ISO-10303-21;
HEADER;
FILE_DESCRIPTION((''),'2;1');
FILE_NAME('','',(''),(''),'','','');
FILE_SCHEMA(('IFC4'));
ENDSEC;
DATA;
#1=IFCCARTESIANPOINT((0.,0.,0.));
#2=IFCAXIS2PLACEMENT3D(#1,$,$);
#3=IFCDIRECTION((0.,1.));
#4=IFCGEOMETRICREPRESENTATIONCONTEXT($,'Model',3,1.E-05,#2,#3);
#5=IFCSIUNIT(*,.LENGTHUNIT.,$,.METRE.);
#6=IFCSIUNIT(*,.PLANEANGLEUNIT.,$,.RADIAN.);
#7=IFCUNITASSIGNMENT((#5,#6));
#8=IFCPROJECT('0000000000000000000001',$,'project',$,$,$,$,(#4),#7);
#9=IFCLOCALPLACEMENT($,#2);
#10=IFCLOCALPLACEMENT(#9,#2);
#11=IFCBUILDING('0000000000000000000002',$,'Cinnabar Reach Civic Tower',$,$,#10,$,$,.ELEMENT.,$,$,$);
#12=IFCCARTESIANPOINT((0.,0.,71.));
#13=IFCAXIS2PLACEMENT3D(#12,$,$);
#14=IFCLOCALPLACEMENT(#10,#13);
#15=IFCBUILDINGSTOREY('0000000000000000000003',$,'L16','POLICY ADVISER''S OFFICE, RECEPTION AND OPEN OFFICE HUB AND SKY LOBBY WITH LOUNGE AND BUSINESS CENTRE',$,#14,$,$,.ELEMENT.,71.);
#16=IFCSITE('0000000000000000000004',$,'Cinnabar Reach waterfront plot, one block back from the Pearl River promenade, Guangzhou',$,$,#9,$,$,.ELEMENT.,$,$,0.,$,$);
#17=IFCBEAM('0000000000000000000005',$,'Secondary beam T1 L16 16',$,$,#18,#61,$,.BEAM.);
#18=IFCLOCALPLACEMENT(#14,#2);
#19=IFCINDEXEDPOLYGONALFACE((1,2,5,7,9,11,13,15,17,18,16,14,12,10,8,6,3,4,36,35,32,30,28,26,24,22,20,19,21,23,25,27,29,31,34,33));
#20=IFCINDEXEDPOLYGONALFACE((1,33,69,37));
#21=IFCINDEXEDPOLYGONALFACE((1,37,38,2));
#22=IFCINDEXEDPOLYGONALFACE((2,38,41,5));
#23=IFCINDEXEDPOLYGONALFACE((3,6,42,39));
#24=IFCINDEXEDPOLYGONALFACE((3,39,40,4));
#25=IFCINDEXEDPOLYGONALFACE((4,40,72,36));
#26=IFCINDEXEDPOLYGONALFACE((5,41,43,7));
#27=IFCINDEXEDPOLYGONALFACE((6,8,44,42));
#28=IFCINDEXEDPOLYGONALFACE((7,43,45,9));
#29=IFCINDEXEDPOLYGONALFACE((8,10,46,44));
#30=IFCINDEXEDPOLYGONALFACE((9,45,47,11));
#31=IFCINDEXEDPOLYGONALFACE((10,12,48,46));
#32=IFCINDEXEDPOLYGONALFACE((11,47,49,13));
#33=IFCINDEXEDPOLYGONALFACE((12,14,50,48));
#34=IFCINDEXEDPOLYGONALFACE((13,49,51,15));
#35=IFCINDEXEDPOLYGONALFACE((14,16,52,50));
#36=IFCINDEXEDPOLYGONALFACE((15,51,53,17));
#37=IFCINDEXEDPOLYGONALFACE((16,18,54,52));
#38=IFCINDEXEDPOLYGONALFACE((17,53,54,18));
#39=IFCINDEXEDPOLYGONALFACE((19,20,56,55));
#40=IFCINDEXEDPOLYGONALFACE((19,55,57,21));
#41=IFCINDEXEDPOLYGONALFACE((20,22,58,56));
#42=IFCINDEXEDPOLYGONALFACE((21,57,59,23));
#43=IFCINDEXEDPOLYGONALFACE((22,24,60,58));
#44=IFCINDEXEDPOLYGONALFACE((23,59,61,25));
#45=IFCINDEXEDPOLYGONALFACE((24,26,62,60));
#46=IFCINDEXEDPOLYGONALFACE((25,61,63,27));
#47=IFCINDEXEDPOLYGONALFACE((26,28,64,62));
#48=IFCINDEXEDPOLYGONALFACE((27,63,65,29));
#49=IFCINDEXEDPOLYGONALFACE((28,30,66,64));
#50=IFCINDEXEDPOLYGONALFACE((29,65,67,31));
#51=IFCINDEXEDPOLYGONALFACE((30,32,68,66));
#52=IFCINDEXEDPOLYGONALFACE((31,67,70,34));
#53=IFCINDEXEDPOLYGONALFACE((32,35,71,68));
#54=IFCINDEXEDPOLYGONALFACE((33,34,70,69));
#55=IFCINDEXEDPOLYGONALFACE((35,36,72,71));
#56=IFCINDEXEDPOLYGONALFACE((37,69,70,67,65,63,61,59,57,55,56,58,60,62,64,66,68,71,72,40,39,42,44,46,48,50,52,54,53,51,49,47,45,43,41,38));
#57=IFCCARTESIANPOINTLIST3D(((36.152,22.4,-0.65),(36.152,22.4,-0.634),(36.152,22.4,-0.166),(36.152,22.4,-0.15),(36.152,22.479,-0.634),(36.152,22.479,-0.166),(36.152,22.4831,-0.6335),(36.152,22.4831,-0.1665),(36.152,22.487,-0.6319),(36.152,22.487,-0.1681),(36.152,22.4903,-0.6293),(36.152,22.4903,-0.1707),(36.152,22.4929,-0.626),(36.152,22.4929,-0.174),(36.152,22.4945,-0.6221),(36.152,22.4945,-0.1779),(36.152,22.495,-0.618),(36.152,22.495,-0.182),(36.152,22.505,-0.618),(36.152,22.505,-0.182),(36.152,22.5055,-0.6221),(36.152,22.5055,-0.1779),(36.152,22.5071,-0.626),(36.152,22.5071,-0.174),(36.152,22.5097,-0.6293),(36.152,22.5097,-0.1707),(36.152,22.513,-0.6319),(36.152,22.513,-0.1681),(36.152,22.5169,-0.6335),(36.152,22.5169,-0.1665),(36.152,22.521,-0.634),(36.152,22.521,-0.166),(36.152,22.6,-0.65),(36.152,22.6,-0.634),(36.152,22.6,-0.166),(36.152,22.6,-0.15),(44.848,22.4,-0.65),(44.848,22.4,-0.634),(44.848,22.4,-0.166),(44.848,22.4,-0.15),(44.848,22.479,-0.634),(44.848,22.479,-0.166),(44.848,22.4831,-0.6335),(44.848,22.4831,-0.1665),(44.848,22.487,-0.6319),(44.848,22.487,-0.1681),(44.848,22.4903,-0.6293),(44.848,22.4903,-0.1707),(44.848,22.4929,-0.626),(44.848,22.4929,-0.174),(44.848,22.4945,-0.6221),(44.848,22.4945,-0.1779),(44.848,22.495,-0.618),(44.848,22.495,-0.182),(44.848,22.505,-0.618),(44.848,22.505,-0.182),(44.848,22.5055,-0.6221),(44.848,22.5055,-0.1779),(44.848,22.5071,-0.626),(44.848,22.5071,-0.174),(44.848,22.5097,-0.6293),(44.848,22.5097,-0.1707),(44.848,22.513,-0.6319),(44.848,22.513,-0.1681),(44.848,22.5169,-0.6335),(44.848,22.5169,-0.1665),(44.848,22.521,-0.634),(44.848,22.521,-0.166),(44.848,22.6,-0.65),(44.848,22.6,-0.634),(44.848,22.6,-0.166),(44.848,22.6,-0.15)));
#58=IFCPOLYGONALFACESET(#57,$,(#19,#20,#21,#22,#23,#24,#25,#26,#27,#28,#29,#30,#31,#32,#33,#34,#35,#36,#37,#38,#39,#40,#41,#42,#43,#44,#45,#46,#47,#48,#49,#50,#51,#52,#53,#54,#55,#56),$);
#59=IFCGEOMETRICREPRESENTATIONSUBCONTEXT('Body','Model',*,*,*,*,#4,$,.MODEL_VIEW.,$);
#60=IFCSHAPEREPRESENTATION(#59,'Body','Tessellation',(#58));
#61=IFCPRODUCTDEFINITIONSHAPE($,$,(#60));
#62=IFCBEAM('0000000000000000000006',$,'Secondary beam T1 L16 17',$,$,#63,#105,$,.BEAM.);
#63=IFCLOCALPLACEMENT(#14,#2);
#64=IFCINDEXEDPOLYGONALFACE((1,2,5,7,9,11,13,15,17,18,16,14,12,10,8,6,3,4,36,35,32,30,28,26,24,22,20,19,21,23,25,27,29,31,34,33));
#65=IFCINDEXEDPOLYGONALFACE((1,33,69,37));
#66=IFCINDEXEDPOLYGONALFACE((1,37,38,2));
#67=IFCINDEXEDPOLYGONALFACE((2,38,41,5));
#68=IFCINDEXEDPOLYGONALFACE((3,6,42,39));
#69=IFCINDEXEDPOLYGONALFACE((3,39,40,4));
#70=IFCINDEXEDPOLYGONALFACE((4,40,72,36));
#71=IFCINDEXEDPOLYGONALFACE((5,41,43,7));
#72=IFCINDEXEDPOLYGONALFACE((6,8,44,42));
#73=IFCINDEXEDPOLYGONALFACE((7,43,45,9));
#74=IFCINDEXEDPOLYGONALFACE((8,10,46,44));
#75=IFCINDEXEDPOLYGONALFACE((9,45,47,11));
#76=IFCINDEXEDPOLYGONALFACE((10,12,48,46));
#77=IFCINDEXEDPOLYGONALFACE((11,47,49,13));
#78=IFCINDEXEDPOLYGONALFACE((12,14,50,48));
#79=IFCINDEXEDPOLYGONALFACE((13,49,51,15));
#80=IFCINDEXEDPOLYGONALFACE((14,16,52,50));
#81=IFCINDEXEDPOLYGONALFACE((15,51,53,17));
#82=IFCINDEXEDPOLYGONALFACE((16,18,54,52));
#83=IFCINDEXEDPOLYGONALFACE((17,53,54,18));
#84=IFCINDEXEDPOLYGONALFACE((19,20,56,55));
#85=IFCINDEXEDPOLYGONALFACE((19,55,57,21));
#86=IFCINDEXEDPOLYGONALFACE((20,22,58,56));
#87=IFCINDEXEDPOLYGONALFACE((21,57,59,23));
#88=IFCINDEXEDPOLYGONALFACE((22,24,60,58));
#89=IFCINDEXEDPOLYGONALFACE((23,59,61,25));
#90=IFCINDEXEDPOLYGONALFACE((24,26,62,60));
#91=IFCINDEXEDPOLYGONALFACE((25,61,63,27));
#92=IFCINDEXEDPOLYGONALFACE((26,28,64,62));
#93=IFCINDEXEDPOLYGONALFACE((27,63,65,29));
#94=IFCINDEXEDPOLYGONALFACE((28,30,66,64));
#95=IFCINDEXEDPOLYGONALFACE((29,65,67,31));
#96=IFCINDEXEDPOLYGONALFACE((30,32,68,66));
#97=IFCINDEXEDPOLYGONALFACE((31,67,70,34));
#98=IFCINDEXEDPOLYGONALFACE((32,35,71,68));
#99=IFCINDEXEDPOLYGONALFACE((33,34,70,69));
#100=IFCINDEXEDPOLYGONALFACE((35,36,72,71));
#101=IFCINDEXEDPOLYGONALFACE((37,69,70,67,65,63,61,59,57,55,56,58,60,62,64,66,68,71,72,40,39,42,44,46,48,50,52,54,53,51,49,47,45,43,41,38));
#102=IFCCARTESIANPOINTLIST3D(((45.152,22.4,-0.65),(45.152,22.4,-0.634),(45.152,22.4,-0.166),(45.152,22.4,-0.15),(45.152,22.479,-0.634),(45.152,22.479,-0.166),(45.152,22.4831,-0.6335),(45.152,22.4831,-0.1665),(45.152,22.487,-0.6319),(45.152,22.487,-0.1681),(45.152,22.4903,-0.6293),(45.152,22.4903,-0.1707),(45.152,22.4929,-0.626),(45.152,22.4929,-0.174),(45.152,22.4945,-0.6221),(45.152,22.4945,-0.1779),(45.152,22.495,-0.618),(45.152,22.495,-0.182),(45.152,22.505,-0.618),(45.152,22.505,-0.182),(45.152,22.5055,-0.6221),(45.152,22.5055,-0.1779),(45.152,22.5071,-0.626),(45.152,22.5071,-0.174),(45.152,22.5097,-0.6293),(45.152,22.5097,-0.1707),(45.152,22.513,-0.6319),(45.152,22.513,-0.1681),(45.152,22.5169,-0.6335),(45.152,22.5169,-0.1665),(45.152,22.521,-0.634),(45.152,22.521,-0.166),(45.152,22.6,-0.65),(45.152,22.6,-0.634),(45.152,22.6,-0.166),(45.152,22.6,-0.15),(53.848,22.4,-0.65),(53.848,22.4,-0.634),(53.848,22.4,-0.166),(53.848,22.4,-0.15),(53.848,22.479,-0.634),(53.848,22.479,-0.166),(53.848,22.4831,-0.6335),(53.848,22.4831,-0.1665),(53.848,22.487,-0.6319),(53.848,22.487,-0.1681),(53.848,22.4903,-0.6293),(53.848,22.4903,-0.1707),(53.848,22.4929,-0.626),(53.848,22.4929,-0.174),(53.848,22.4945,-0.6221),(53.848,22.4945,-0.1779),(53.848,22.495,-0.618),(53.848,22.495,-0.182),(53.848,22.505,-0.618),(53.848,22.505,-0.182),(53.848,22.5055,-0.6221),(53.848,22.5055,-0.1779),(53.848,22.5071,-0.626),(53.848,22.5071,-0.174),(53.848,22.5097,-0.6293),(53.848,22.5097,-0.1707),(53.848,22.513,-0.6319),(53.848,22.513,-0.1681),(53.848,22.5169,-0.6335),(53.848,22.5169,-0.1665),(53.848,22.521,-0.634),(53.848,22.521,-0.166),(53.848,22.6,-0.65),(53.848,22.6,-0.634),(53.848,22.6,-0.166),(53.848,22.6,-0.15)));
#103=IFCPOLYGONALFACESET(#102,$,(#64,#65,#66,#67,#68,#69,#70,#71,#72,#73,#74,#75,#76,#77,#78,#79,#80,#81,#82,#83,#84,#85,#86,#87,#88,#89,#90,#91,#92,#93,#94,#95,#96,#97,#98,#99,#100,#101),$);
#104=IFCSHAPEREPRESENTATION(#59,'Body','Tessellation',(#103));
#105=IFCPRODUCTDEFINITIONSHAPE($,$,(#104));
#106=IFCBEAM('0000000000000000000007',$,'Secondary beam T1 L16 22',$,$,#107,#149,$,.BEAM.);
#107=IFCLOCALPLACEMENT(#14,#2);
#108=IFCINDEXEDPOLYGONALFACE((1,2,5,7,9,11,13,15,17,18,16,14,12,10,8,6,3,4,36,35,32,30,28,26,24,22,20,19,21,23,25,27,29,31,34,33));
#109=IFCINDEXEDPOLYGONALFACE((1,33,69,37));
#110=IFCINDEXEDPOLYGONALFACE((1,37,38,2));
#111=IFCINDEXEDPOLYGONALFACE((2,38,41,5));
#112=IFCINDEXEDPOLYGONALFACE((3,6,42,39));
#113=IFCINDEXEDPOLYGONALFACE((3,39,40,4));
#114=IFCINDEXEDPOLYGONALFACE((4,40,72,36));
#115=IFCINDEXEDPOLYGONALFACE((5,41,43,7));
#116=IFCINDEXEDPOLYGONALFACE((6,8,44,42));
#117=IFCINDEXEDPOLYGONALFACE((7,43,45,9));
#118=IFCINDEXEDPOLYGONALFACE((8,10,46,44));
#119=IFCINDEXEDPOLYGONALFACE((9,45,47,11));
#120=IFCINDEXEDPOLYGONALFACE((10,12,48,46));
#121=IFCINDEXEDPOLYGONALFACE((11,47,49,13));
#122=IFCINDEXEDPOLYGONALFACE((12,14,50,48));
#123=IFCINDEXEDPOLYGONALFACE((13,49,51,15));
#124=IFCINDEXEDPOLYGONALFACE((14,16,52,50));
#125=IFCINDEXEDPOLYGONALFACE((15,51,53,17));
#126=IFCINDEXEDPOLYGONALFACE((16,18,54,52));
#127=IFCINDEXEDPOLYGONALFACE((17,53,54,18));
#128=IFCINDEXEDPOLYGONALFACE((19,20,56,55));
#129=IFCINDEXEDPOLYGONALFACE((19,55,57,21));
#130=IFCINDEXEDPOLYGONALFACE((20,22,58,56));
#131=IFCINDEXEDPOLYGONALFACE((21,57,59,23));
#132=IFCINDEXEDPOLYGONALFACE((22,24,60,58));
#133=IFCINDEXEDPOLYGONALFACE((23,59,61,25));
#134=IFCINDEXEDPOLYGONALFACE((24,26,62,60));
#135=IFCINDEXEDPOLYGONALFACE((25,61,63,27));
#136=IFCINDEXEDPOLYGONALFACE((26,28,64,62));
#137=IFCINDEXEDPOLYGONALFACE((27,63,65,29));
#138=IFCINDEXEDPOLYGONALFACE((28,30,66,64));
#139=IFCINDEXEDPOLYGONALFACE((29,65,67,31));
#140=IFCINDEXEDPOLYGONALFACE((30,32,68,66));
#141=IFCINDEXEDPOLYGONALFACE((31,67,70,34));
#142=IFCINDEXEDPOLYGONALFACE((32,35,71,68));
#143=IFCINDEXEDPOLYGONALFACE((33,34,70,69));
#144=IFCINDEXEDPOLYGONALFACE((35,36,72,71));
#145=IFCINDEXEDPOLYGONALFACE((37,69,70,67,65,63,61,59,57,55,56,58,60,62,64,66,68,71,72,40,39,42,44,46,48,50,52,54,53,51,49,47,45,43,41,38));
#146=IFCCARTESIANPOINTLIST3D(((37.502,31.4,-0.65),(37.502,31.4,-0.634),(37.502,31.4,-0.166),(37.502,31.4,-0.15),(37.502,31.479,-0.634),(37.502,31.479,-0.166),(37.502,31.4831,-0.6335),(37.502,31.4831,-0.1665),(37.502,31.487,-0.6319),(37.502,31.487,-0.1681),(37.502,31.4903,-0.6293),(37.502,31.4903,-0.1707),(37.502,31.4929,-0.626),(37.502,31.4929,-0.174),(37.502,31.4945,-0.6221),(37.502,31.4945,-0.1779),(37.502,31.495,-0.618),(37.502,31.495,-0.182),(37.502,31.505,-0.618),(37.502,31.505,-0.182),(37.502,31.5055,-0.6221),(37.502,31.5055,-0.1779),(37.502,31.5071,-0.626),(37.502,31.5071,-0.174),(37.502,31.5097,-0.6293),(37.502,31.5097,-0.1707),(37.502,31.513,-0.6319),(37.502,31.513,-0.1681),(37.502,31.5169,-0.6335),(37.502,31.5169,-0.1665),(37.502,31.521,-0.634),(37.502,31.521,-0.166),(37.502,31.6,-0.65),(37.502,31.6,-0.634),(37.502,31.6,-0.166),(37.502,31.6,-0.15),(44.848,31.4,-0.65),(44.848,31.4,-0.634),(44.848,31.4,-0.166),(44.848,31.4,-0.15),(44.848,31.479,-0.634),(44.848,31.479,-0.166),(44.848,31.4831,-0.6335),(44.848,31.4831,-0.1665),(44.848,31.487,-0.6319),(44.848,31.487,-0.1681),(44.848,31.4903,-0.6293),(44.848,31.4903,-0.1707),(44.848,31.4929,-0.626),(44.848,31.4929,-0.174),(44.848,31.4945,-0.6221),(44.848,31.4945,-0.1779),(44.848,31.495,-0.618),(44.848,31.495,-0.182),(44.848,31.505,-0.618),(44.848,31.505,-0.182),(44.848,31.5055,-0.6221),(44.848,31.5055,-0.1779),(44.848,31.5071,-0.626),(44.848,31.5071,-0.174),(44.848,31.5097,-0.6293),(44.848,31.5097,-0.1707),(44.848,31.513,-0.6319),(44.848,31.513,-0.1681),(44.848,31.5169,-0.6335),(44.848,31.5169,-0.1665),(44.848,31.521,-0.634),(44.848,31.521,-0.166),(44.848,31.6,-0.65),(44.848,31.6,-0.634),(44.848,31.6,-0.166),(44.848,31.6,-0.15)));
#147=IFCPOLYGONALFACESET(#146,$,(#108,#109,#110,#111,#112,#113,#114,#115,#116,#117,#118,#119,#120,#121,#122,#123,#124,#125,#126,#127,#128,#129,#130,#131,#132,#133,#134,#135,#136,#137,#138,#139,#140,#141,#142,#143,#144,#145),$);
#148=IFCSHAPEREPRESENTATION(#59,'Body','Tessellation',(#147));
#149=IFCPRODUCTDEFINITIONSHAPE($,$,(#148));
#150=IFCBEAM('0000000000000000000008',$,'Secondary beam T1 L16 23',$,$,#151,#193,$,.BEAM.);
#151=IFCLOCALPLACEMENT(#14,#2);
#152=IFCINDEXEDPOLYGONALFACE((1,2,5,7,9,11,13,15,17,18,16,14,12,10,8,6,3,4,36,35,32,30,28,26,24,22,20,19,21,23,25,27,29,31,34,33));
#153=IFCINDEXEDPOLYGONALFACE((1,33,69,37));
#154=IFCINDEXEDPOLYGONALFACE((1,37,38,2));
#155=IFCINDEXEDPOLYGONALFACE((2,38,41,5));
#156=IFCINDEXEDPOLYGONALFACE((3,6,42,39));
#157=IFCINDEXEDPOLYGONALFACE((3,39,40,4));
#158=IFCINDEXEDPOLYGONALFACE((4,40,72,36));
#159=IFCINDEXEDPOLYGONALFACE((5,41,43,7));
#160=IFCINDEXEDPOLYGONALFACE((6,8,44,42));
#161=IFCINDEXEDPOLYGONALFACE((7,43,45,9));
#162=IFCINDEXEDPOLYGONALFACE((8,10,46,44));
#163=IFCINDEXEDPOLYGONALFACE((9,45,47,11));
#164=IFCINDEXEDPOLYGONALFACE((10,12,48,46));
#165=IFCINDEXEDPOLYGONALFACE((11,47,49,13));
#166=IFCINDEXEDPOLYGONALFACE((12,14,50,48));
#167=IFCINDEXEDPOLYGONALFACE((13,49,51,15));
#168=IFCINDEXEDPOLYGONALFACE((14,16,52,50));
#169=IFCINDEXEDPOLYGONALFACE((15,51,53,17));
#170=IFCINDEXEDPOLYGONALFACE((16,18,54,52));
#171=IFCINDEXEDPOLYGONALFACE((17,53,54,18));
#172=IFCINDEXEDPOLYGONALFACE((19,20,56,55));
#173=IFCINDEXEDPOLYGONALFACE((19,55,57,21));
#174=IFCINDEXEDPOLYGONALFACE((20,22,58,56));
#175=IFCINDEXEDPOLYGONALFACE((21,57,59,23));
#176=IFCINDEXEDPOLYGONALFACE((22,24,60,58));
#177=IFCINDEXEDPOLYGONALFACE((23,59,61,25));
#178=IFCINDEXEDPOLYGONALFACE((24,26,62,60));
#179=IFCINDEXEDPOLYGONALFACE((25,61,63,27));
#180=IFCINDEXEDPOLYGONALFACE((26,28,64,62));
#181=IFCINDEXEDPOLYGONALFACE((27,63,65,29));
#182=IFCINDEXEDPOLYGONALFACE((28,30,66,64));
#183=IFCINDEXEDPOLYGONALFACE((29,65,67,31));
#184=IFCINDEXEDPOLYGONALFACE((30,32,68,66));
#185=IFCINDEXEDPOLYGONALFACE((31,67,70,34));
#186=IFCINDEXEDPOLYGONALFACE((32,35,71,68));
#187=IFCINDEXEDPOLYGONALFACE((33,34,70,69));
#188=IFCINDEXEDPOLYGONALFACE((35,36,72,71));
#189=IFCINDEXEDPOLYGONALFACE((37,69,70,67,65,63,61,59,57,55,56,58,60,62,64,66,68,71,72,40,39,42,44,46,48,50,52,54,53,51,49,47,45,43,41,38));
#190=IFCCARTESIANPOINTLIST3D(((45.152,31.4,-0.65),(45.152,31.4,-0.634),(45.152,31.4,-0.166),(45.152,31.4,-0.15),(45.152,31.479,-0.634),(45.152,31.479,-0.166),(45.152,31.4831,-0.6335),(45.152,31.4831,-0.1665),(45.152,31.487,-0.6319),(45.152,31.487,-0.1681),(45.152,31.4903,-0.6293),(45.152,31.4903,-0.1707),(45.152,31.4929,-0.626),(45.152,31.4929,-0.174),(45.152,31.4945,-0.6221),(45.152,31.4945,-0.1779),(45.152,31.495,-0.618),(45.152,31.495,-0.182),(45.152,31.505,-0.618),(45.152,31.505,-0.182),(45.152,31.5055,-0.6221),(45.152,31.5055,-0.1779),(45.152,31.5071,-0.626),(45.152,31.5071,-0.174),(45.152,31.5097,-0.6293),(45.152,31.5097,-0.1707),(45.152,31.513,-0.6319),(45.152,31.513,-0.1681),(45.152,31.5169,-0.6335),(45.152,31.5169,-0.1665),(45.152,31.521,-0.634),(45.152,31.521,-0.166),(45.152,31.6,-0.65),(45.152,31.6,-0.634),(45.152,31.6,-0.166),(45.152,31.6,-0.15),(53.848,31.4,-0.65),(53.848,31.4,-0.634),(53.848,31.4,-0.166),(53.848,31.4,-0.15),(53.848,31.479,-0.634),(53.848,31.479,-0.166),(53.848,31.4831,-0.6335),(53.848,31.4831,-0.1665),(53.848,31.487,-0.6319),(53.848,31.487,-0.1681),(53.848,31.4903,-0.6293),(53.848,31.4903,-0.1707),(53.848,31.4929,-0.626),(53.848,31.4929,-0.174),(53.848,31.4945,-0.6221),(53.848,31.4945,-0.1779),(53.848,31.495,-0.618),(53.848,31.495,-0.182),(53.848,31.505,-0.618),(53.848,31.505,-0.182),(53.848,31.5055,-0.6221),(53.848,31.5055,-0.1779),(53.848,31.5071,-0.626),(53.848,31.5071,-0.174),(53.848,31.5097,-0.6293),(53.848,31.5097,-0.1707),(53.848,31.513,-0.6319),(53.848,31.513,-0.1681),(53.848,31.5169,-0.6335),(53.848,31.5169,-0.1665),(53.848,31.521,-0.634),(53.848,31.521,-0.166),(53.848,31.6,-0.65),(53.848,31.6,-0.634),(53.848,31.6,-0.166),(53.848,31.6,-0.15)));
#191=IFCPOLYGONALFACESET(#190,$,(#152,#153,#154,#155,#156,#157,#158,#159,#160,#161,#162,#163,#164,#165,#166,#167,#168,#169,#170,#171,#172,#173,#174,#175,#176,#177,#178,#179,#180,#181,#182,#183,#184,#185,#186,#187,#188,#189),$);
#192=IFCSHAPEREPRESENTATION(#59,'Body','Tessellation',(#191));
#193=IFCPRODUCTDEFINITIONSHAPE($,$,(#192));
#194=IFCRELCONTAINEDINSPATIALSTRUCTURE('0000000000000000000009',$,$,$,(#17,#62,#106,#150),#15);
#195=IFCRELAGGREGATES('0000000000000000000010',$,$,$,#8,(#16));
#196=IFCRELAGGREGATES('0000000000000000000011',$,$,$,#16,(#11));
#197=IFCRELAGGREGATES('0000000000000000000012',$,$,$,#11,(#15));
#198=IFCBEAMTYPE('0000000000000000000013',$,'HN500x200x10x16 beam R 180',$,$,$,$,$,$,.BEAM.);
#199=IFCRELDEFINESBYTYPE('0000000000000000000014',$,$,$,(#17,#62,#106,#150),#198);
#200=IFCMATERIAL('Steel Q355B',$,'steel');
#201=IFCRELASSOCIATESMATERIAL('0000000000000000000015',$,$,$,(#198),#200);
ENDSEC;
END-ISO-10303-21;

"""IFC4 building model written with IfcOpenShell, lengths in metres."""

from ifc_helpers import new_model, si_unit, direction, frame, origin, origin_2d, place, context, subcontext, project, spatial, i_section, extrude, material, material_profile, profile_set, type_object, element, save


model = new_model("IFC4")

# Units and contexts
model_context = context("Model", 3, precision=1e-05, world=origin(), true_north=direction((0.0, 1.0)))
body_context = subcontext(model_context, "Body", "Model", "MODEL_VIEW")
ifc_project = project(units=[si_unit("LENGTHUNIT", "METRE"), si_unit("PLANEANGLEUNIT", "RADIAN")], contexts=[model_context])

# Site, building, storey
site_placement = place(None, origin())
site = spatial("IfcSite", under=ifc_project, at=site_placement, Name="Cinnabar Reach waterfront plot, one block back from the Pearl River promenade, Guangzhou", CompositionType="ELEMENT", RefElevation=0.0)
building_placement = place(site_placement, origin())
building = spatial("IfcBuilding", under=site, at=building_placement, Name="Cinnabar Reach Civic Tower", CompositionType="ELEMENT")
storey_placement = place(building_placement, frame((0.0, 0.0, 71.0)))
storey = spatial("IfcBuildingStorey", under=building, at=storey_placement, Name="L16", Description="POLICY ADVISER'S OFFICE, RECEPTION AND OPEN OFFICE HUB AND SKY LOBBY WITH LOUNGE AND BUSINESS CENTRE", CompositionType="ELEMENT", Elevation=71.0)

# Beams
ifc_material_1 = material(Name="Steel Q355B", Category="steel")
ifc_material_profile_1 = material_profile(ifc_material_1, i_section(OverallWidth=0.2, OverallDepth=0.5, WebThickness=0.01, FlangeThickness=0.016, FilletRadius=0.016, at=origin_2d()), Name="HN500x200x10x16")
ifc_profile_set_1 = profile_set([ifc_material_profile_1], Name="Steel Q355B")
beam_type_1 = type_object("IfcBeamType", Name="HN500x200x10x16 beam R 180", PredefinedType="BEAM", material=ifc_profile_set_1)
for number, where, z_axis, x_axis, name in (
    (1, (36.152, 22.5, -0.4), (1.0, 0.0, 0.0), (0.0, 1.0, 0.0), "Secondary beam T1 L16 16"),
    (2, (45.152, 22.5, -0.4), (1.0, 0.0, 0.0), (0.0, 1.0, 0.0), "Secondary beam T1 L16 17"),
):
    element("IfcBeam", number, at=place(storey_placement, frame(where, z_axis=z_axis, x_axis=x_axis)), inside=storey, type_object=beam_type_1, Name=name, PredefinedType="BEAM", context=body_context, shape_type="SweptSolid", body=[
        extrude(i_section(OverallWidth=0.2, OverallDepth=0.5, WebThickness=0.01, FlangeThickness=0.016, FilletRadius=0.016, at=origin_2d()), origin(), (0.0, 0.0, 1.0), 8.696),
    ])
beam_1_placement = place(storey_placement, frame((37.502, 31.5, -0.4), z_axis=(1.0, 0.0, 0.0), x_axis=(0.0, 1.0, 0.0)))
element("IfcBeam", 3, at=beam_1_placement, inside=storey, type_object=beam_type_1, Name="Secondary beam T1 L16 22", PredefinedType="BEAM", context=body_context, shape_type="SweptSolid", body=[
    extrude(i_section(OverallWidth=0.2, OverallDepth=0.5, WebThickness=0.01, FlangeThickness=0.016, FilletRadius=0.016, at=origin_2d()), origin(), (0.0, 0.0, 1.0), 7.346),
])
beam_2_placement = place(storey_placement, frame((45.152, 31.5, -0.4), z_axis=(1.0, 0.0, 0.0), x_axis=(0.0, 1.0, 0.0)))
element("IfcBeam", 4, at=beam_2_placement, inside=storey, type_object=beam_type_1, Name="Secondary beam T1 L16 23", PredefinedType="BEAM", context=body_context, shape_type="SweptSolid", body=[
    extrude(i_section(OverallWidth=0.2, OverallDepth=0.5, WebThickness=0.01, FlangeThickness=0.016, FilletRadius=0.016, at=origin_2d()), origin(), (0.0, 0.0, 1.0), 8.696),
])

save(model, "model.ifc")
